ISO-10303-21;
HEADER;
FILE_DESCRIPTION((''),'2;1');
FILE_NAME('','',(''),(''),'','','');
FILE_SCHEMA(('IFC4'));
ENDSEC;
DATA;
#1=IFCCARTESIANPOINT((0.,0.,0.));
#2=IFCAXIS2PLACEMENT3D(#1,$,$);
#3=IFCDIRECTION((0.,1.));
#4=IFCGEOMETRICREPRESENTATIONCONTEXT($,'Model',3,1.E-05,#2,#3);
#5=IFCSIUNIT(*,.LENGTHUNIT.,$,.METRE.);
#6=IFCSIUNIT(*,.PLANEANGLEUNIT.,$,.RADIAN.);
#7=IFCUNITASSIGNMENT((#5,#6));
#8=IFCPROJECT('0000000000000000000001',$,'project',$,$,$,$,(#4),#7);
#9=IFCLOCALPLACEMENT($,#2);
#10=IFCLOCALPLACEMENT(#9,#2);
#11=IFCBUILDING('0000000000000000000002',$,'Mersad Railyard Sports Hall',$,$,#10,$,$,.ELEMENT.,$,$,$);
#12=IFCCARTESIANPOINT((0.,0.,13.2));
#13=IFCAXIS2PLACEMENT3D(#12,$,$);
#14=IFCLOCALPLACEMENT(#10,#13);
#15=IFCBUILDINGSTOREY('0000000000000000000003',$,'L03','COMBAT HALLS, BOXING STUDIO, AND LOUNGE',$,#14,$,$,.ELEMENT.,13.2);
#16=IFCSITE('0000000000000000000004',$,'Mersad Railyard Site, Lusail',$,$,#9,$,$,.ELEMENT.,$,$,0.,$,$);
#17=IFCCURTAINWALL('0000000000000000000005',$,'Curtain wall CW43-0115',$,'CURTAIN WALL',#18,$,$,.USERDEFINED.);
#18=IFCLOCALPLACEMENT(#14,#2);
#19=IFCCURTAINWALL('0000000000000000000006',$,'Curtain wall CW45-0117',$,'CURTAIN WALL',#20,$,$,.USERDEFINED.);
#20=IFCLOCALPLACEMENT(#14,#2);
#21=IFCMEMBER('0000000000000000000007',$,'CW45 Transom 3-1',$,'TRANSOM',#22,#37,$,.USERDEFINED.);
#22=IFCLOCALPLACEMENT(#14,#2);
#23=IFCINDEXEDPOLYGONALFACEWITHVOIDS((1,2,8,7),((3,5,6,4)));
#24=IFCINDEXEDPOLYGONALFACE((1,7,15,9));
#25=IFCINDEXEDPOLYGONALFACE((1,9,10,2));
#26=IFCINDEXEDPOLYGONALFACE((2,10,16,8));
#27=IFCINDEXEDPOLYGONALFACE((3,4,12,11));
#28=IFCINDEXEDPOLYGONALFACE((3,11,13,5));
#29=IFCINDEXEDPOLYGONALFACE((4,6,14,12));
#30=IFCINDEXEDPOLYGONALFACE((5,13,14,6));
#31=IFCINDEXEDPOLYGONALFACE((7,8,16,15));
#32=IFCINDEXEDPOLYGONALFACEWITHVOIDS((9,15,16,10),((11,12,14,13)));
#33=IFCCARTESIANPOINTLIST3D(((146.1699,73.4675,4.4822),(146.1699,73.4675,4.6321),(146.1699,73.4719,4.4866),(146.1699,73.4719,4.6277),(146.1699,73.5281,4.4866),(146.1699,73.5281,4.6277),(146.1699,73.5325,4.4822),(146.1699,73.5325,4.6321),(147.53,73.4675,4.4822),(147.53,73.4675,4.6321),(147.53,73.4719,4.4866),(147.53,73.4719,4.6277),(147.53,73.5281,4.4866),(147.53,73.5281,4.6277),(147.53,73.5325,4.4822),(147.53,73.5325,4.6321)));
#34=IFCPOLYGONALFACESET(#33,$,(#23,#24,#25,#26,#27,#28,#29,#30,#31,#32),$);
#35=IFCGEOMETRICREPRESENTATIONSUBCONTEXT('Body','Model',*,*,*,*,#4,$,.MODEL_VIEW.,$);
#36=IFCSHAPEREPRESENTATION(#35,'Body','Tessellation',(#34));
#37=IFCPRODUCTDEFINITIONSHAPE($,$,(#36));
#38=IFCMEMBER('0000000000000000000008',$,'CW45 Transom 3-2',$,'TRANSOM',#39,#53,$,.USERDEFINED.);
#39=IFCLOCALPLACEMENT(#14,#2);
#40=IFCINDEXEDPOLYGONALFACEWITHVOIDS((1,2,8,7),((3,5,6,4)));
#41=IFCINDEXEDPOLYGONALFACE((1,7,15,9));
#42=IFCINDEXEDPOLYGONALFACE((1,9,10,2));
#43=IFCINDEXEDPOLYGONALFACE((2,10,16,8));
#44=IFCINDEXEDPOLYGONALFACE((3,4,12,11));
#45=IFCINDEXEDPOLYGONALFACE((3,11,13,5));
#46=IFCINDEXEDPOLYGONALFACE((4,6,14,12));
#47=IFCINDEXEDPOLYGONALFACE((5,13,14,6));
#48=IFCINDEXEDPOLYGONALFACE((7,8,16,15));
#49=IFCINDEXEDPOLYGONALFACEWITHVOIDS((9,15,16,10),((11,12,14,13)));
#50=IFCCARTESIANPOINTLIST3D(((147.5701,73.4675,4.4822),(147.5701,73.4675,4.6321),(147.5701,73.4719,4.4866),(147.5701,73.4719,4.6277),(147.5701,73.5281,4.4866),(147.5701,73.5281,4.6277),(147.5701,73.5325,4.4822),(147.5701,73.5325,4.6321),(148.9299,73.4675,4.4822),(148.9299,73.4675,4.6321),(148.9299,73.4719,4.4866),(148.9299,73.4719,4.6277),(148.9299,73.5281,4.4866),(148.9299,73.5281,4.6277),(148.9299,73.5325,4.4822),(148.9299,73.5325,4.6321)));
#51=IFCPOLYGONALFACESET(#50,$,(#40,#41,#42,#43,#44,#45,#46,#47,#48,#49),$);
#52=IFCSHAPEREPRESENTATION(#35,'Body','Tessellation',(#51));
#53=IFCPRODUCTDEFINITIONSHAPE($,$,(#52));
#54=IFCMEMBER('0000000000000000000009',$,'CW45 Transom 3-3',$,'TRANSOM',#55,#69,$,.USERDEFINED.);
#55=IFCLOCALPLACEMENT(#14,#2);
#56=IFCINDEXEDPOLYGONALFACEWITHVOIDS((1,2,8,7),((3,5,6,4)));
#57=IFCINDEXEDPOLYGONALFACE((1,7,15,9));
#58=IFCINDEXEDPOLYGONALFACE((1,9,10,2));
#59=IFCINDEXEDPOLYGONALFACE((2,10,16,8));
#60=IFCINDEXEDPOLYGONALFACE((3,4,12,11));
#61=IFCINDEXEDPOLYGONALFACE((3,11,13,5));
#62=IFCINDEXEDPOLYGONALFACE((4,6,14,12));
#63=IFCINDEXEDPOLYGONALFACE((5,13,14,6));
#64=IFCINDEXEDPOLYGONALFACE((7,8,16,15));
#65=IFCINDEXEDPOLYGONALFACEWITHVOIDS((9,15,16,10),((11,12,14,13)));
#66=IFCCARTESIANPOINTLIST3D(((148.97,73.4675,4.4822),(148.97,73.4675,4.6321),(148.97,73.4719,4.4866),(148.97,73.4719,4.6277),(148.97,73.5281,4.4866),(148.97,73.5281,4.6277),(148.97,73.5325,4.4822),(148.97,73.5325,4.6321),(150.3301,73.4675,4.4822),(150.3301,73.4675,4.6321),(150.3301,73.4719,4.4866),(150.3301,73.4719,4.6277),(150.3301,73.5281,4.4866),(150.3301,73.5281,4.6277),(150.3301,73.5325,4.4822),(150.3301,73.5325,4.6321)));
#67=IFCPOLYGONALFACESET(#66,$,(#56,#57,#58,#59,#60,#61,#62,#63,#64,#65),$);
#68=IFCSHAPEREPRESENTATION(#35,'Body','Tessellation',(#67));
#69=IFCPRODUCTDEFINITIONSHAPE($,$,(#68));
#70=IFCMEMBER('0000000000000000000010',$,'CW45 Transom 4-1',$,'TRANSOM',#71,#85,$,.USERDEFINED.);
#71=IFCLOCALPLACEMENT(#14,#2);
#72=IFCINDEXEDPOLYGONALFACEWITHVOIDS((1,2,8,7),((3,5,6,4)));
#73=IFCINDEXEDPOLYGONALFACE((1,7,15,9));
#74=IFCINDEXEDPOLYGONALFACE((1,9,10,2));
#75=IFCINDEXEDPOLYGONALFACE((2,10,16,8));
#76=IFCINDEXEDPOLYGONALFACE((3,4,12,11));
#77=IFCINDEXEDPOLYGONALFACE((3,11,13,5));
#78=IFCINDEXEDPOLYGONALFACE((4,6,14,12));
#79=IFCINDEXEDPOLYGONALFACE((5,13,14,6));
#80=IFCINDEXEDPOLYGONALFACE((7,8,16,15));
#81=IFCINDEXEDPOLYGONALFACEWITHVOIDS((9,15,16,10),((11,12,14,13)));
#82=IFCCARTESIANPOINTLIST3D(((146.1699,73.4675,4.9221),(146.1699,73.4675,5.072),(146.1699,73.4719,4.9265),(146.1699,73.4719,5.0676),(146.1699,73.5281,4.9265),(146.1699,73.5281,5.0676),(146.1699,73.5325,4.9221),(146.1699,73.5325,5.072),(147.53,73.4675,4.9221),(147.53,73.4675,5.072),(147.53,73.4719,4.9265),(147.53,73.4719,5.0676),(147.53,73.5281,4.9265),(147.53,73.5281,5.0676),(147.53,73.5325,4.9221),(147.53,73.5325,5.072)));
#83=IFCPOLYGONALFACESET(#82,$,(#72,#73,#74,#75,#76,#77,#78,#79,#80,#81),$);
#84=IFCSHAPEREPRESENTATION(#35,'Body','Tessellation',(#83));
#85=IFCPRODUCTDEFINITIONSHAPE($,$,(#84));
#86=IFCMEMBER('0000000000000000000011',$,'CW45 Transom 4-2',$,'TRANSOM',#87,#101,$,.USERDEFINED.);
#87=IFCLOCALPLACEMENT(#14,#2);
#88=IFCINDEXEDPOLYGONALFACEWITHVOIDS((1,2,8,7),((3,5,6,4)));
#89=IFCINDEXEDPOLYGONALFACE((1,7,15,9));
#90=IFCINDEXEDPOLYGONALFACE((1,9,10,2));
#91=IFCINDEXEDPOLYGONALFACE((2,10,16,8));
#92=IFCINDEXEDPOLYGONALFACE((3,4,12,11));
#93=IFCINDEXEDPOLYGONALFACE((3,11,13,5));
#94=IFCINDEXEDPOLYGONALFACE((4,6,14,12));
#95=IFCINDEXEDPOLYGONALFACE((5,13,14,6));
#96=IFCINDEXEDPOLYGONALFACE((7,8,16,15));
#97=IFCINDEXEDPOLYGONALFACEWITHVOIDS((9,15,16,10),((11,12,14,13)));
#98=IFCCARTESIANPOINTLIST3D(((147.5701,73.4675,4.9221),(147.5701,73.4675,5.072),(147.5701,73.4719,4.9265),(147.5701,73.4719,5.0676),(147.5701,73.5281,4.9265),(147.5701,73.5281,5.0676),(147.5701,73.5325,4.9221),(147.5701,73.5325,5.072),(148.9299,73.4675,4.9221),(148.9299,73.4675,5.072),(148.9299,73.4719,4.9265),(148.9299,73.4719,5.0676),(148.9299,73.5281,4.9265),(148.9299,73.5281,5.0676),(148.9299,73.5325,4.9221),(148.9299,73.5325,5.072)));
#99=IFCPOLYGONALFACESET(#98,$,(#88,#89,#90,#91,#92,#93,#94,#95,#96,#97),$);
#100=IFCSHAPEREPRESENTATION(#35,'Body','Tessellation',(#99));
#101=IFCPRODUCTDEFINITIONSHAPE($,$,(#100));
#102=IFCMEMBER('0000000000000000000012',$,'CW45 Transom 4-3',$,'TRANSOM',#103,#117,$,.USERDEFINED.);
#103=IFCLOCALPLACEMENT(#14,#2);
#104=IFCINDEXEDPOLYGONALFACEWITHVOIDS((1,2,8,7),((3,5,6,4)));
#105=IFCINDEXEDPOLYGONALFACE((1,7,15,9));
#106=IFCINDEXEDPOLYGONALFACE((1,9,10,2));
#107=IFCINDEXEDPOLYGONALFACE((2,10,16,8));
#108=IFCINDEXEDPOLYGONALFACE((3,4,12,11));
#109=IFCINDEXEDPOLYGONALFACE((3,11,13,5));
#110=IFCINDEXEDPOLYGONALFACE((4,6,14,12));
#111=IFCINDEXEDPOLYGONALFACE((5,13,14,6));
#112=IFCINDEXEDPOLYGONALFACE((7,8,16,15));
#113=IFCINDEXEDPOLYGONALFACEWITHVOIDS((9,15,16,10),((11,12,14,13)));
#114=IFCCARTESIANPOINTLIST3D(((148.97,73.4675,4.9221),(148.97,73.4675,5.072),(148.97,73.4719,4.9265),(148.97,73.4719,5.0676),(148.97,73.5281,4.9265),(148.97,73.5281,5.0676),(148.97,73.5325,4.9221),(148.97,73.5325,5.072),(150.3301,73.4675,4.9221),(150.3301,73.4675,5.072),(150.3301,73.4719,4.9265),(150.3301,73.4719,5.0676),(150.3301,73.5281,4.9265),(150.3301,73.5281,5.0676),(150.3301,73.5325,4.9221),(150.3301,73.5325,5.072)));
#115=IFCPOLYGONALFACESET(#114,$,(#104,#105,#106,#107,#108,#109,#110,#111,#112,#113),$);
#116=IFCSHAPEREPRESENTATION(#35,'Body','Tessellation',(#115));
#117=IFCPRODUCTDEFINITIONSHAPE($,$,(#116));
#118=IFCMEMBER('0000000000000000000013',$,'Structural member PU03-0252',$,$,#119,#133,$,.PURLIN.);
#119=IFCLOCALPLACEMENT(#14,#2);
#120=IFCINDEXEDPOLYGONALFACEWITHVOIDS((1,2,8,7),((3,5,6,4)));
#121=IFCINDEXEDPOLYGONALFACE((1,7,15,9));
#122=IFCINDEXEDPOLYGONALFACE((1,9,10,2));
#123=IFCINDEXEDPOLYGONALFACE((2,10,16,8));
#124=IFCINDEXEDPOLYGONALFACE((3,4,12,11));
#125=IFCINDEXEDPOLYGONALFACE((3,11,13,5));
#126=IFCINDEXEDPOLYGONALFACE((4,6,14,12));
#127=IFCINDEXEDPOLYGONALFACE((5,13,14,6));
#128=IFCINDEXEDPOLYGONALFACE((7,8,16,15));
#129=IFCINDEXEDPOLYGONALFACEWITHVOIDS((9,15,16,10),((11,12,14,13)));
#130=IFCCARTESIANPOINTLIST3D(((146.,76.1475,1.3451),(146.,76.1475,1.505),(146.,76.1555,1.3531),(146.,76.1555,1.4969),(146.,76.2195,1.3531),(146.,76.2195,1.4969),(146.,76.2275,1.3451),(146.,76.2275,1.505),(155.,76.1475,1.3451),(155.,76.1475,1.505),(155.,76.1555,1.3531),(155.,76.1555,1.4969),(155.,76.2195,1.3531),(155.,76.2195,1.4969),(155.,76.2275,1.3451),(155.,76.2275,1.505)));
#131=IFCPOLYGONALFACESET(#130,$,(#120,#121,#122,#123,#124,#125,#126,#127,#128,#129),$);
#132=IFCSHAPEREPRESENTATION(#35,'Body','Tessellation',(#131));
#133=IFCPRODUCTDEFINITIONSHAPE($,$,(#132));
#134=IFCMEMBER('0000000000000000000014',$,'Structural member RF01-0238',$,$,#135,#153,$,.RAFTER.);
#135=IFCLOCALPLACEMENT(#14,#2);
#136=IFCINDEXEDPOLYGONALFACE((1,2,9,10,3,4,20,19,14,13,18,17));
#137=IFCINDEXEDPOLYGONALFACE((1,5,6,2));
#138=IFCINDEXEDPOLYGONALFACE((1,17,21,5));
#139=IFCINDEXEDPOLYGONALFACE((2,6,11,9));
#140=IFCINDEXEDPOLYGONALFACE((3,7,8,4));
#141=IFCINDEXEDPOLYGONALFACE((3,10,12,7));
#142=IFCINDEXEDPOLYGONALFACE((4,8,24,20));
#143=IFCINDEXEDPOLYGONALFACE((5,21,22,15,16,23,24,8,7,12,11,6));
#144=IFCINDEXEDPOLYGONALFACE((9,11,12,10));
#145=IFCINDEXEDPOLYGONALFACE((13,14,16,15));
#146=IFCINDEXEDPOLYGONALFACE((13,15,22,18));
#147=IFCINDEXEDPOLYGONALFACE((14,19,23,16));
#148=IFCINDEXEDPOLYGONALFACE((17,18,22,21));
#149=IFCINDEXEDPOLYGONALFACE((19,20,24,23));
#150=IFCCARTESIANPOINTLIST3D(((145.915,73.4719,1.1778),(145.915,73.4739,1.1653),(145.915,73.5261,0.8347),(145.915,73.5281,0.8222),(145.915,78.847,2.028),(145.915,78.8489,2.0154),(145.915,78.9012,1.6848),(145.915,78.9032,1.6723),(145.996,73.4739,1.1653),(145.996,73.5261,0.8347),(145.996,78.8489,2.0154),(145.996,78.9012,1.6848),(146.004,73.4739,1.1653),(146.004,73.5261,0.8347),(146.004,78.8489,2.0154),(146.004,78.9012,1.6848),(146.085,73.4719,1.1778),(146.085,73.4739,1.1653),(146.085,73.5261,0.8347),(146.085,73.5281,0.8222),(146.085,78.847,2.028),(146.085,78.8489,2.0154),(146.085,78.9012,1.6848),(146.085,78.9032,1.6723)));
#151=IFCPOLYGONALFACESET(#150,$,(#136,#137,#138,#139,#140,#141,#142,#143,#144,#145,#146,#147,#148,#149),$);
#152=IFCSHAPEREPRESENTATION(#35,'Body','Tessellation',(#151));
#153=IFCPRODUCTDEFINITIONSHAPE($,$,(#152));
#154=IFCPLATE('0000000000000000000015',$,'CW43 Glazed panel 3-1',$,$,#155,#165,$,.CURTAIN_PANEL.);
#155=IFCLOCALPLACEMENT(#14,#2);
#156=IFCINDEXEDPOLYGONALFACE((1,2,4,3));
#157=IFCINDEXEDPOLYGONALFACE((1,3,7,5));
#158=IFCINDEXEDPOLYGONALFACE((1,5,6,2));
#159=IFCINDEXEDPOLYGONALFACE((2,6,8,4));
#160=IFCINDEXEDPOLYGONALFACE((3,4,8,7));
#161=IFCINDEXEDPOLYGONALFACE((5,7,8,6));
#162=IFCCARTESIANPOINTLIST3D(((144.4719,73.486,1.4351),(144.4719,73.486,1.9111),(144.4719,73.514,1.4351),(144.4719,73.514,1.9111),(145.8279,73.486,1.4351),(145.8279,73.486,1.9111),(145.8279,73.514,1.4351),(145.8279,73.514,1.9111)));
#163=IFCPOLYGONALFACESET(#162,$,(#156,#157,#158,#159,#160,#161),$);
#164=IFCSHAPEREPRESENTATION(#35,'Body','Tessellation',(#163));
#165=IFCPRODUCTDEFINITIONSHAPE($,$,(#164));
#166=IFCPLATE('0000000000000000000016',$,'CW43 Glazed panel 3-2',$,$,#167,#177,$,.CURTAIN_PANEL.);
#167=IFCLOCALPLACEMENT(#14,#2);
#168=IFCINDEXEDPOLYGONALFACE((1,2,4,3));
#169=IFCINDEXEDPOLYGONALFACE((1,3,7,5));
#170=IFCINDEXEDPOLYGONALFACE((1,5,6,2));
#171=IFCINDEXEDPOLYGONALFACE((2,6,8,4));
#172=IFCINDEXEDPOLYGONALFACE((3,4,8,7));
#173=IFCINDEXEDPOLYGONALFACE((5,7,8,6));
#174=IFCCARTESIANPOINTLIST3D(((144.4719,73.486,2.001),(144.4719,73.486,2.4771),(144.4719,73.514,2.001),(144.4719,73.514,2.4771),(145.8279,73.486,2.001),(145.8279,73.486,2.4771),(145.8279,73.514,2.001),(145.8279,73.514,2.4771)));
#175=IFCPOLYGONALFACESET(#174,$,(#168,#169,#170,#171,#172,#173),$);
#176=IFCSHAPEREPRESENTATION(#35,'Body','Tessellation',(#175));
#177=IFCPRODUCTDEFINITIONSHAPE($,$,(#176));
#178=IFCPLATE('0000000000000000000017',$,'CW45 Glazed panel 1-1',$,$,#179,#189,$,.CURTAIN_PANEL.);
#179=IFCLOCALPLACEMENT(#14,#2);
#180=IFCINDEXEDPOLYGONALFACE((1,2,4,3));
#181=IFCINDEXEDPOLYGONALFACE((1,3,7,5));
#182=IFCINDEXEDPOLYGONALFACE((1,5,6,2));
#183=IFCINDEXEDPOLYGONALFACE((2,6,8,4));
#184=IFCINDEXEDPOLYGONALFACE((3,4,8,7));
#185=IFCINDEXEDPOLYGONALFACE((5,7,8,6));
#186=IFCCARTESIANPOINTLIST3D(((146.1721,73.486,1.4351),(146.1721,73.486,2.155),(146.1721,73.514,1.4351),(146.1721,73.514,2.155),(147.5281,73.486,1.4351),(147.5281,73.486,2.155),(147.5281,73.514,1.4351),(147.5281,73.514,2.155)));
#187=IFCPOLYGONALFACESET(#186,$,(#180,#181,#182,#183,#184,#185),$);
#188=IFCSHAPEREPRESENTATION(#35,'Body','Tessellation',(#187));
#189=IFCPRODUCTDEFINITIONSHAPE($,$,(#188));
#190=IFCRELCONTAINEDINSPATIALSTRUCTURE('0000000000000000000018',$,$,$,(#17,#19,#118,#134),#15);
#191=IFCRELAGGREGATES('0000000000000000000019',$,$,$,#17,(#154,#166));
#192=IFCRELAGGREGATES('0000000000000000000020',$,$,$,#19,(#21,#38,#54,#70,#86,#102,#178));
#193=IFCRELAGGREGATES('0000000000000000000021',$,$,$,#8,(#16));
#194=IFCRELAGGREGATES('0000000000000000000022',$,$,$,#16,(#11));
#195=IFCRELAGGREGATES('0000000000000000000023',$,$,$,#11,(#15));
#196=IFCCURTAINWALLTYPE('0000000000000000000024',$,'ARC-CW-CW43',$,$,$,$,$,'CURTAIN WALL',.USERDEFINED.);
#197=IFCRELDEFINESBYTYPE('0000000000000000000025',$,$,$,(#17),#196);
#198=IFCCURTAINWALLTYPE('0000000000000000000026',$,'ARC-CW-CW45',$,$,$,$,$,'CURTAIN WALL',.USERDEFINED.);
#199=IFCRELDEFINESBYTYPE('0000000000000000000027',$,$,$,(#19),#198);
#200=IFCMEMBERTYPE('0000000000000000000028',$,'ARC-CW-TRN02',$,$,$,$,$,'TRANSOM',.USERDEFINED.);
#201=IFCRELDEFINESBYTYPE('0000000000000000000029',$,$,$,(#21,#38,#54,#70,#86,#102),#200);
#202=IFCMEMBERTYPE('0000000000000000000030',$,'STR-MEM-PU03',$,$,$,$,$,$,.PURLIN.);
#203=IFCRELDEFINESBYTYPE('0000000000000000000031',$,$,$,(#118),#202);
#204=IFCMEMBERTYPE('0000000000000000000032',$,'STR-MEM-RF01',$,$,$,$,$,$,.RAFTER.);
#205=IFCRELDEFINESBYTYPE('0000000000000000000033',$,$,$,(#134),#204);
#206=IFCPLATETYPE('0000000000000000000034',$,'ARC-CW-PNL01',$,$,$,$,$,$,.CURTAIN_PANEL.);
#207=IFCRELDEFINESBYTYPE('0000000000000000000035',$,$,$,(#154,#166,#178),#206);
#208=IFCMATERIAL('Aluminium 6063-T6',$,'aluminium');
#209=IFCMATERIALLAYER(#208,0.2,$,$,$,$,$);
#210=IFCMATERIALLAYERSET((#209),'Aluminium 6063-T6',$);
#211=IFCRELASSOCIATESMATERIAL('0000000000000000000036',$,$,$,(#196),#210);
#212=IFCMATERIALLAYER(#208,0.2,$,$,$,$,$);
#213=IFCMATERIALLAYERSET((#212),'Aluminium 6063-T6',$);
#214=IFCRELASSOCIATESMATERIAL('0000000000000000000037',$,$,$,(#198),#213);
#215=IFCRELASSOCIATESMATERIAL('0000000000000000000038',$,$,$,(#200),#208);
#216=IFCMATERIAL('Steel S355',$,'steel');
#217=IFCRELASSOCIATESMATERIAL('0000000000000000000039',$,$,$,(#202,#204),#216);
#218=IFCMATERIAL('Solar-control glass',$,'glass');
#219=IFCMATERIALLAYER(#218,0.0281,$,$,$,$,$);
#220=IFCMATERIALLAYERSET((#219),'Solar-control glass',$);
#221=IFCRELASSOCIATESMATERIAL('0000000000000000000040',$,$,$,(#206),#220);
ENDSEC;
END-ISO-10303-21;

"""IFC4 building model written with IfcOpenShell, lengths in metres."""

from ifc_helpers import new_model, si_unit, direction, frame, origin, origin_2d, place, context, subcontext, project, spatial, rectangle, hollow_rectangle, i_section, extrude, material, layer, layer_set, material_profile, profile_set, type_object, element, aggregate, save


model = new_model("IFC4")

# Units and contexts
model_context = context("Model", 3, precision=1e-05, world=origin(), true_north=direction((0.0, 1.0)))
body_context = subcontext(model_context, "Body", "Model", "MODEL_VIEW")
ifc_project = project(units=[si_unit("LENGTHUNIT", "METRE"), si_unit("PLANEANGLEUNIT", "RADIAN")], contexts=[model_context])

# Site, building, storey
site_placement = place(None, origin())
site = spatial("IfcSite", under=ifc_project, at=site_placement, Name="Mersad Railyard Site, Lusail", CompositionType="ELEMENT", RefElevation=0.0)
building_placement = place(site_placement, origin())
building = spatial("IfcBuilding", under=site, at=building_placement, Name="Mersad Railyard Sports Hall", CompositionType="ELEMENT")
storey_placement = place(building_placement, frame((0.0, 0.0, 13.2)))
storey = spatial("IfcBuildingStorey", under=building, at=storey_placement, Name="L03", Description="COMBAT HALLS, BOXING STUDIO, AND LOUNGE", CompositionType="ELEMENT", Elevation=13.2)

# Curtain wall
ifc_material_1 = material(Name="Aluminium 6063-T6", Category="aluminium")
ifc_layer_1 = layer(ifc_material_1, 0.2)
ifc_layer_set_1 = layer_set([ifc_layer_1], Name="Aluminium 6063-T6")
curtain_wall_type_1 = type_object("IfcCurtainWallType", Name="ARC-CW-CW43", ElementType="CURTAIN WALL", PredefinedType="USERDEFINED", material=ifc_layer_set_1)
curtain_wall_1_placement = place(storey_placement, origin())
curtain_wall_1 = element("IfcCurtainWall", 1, at=curtain_wall_1_placement, inside=storey, type_object=curtain_wall_type_1, Name="Curtain wall CW43-0115", ObjectType="CURTAIN WALL", PredefinedType="USERDEFINED")

# Curtain wall
ifc_layer_2 = layer(ifc_material_1, 0.2)
ifc_layer_set_2 = layer_set([ifc_layer_2], Name="Aluminium 6063-T6")
curtain_wall_type_2 = type_object("IfcCurtainWallType", Name="ARC-CW-CW45", ElementType="CURTAIN WALL", PredefinedType="USERDEFINED", material=ifc_layer_set_2)
curtain_wall_2_placement = place(storey_placement, origin())
curtain_wall_2 = element("IfcCurtainWall", 2, at=curtain_wall_2_placement, inside=storey, type_object=curtain_wall_type_2, Name="Curtain wall CW45-0117", ObjectType="CURTAIN WALL", PredefinedType="USERDEFINED")

# Members
ifc_material_profile_1 = material_profile(ifc_material_1, hollow_rectangle(XDim=0.0649, YDim=0.1499, WallThickness=0.0044, at=origin_2d()), Name="AL TRANSOM 65x150x4.5")
ifc_profile_set_1 = profile_set([ifc_material_profile_1], Name="Aluminium 6063-T6")
member_type_1 = type_object("IfcMemberType", Name="ARC-CW-TRN02", ElementType="TRANSOM", PredefinedType="USERDEFINED", material=ifc_profile_set_1)
member_1_placement = place(storey_placement, frame((146.1699, 73.5, 4.5571), z_axis=(1.0, 0.0, 0.0), x_axis=(0.0, 1.0, 0.0)))
member_1 = element("IfcMember", 3, at=member_1_placement, type_object=member_type_1, Name="CW45 Transom 3-1", ObjectType="TRANSOM", PredefinedType="USERDEFINED", context=body_context, shape_type="SweptSolid", body=[
    extrude(hollow_rectangle(XDim=0.0649, YDim=0.1499, WallThickness=0.0044, at=origin_2d()), origin(), (0.0, 0.0, 1.0), 1.3601),
])
member_2_placement = place(storey_placement, frame((147.5701, 73.5, 4.5571), z_axis=(1.0, 0.0, 0.0), x_axis=(0.0, 1.0, 0.0)))
member_2 = element("IfcMember", 4, at=member_2_placement, type_object=member_type_1, Name="CW45 Transom 3-2", ObjectType="TRANSOM", PredefinedType="USERDEFINED", context=body_context, shape_type="SweptSolid", body=[
    extrude(hollow_rectangle(XDim=0.0649, YDim=0.1499, WallThickness=0.0044, at=origin_2d()), origin(), (0.0, 0.0, 1.0), 1.3599),
])
member_3_placement = place(storey_placement, frame((148.97, 73.5, 4.5571), z_axis=(1.0, 0.0, 0.0), x_axis=(0.0, 1.0, 0.0)))
member_3 = element("IfcMember", 5, at=member_3_placement, type_object=member_type_1, Name="CW45 Transom 3-3", ObjectType="TRANSOM", PredefinedType="USERDEFINED", context=body_context, shape_type="SweptSolid", body=[
    extrude(hollow_rectangle(XDim=0.0649, YDim=0.1499, WallThickness=0.0044, at=origin_2d()), origin(), (0.0, 0.0, 1.0), 1.3601),
])
member_4_placement = place(storey_placement, frame((146.1699, 73.5, 4.9971), z_axis=(1.0, 0.0, 0.0), x_axis=(0.0, 1.0, 0.0)))
member_4 = element("IfcMember", 6, at=member_4_placement, type_object=member_type_1, Name="CW45 Transom 4-1", ObjectType="TRANSOM", PredefinedType="USERDEFINED", context=body_context, shape_type="SweptSolid", body=[
    extrude(hollow_rectangle(XDim=0.0649, YDim=0.1499, WallThickness=0.0044, at=origin_2d()), origin(), (0.0, 0.0, 1.0), 1.3601),
])
member_5_placement = place(storey_placement, frame((147.5701, 73.5, 4.9971), z_axis=(1.0, 0.0, 0.0), x_axis=(0.0, 1.0, 0.0)))
member_5 = element("IfcMember", 7, at=member_5_placement, type_object=member_type_1, Name="CW45 Transom 4-2", ObjectType="TRANSOM", PredefinedType="USERDEFINED", context=body_context, shape_type="SweptSolid", body=[
    extrude(hollow_rectangle(XDim=0.0649, YDim=0.1499, WallThickness=0.0044, at=origin_2d()), origin(), (0.0, 0.0, 1.0), 1.3599),
])
member_6_placement = place(storey_placement, frame((148.97, 73.5, 4.9971), z_axis=(1.0, 0.0, 0.0), x_axis=(0.0, 1.0, 0.0)))
member_6 = element("IfcMember", 8, at=member_6_placement, type_object=member_type_1, Name="CW45 Transom 4-3", ObjectType="TRANSOM", PredefinedType="USERDEFINED", context=body_context, shape_type="SweptSolid", body=[
    extrude(hollow_rectangle(XDim=0.0649, YDim=0.1499, WallThickness=0.0044, at=origin_2d()), origin(), (0.0, 0.0, 1.0), 1.3601),
])

# Members
ifc_material_2 = material(Name="Steel S355", Category="steel")
ifc_material_profile_2 = material_profile(ifc_material_2, hollow_rectangle(XDim=0.0801, YDim=0.1599, WallThickness=0.0081, at=origin_2d()), Name="RHS 160x80x8")
ifc_profile_set_2 = profile_set([ifc_material_profile_2], Name="Steel S355")
member_type_2 = type_object("IfcMemberType", Name="STR-MEM-PU03", PredefinedType="PURLIN", material=ifc_profile_set_2)
member_7_placement = place(storey_placement, frame((146.0, 76.1875, 1.425), z_axis=(1.0, 0.0, 0.0), x_axis=(0.0, 1.0, 0.0)))
element("IfcMember", 9, at=member_7_placement, inside=storey, type_object=member_type_2, Name="Structural member PU03-0252", PredefinedType="PURLIN", context=body_context, shape_type="SweptSolid", body=[
    extrude(hollow_rectangle(XDim=0.0801, YDim=0.1599, WallThickness=0.0081, at=origin_2d()), origin(), (0.0, 0.0, 1.0), 9.0),
])
ifc_material_profile_3 = material_profile(ifc_material_2, i_section(OverallWidth=0.1699, OverallDepth=0.3601, WebThickness=0.0081, FlangeThickness=0.0127, at=origin_2d()), Name="IPE 360")
ifc_profile_set_3 = profile_set([ifc_material_profile_3], Name="Steel S355")
member_type_3 = type_object("IfcMemberType", Name="STR-MEM-RF01", PredefinedType="RAFTER", material=ifc_profile_set_3)
member_8_placement = place(storey_placement, frame((146.0, 73.5, 1.0), z_axis=(0.0, 0.987723, 0.156216), x_axis=(-1.0, 0.0, 0.0)))
element("IfcMember", 10, at=member_8_placement, inside=storey, type_object=member_type_3, Name="Structural member RF01-0238", PredefinedType="RAFTER", context=body_context, shape_type="SweptSolid", body=[
    extrude(i_section(OverallWidth=0.1699, OverallDepth=0.3601, WebThickness=0.0081, FlangeThickness=0.0127, at=origin_2d()), origin(), (0.0, 0.0, 1.0), 5.4419),
])

# Plates
ifc_material_3 = material(Name="Solar-control glass", Category="glass")
ifc_layer_3 = layer(ifc_material_3, 0.0281)
ifc_layer_set_3 = layer_set([ifc_layer_3], Name="Solar-control glass")
plate_type_1 = type_object("IfcPlateType", Name="ARC-CW-PNL01", PredefinedType="CURTAIN_PANEL", material=ifc_layer_set_3)
plate_1_placement = place(storey_placement, frame((145.1499, 73.5, 1.4351), z_axis=(0.0, 0.0, 1.0), x_axis=(1.0, 0.0, 0.0)))
plate_1 = element("IfcPlate", 11, at=plate_1_placement, type_object=plate_type_1, Name="CW43 Glazed panel 3-1", PredefinedType="CURTAIN_PANEL", context=body_context, shape_type="SweptSolid", body=[
    extrude(rectangle(XDim=1.356, YDim=0.0281, at=origin_2d()), origin(), (0.0, 0.0, 1.0), 0.4761),
])
plate_2_placement = place(storey_placement, frame((145.1499, 73.5, 2.001), z_axis=(0.0, 0.0, 1.0), x_axis=(1.0, 0.0, 0.0)))
plate_2 = element("IfcPlate", 12, at=plate_2_placement, type_object=plate_type_1, Name="CW43 Glazed panel 3-2", PredefinedType="CURTAIN_PANEL", context=body_context, shape_type="SweptSolid", body=[
    extrude(rectangle(XDim=1.356, YDim=0.0281, at=origin_2d()), origin(), (0.0, 0.0, 1.0), 0.4761),
])
aggregate(curtain_wall_1, [plate_1, plate_2])
plate_3_placement = place(storey_placement, frame((146.8501, 73.5, 1.4351), z_axis=(0.0, 0.0, 1.0), x_axis=(1.0, 0.0, 0.0)))
plate_3 = element("IfcPlate", 13, at=plate_3_placement, type_object=plate_type_1, Name="CW45 Glazed panel 1-1", PredefinedType="CURTAIN_PANEL", context=body_context, shape_type="SweptSolid", body=[
    extrude(rectangle(XDim=1.356, YDim=0.0281, at=origin_2d()), origin(), (0.0, 0.0, 1.0), 0.72),
])
aggregate(curtain_wall_2, [member_1, member_2, member_3, member_4, member_5, member_6, plate_3])

save(model, "model.ifc")
